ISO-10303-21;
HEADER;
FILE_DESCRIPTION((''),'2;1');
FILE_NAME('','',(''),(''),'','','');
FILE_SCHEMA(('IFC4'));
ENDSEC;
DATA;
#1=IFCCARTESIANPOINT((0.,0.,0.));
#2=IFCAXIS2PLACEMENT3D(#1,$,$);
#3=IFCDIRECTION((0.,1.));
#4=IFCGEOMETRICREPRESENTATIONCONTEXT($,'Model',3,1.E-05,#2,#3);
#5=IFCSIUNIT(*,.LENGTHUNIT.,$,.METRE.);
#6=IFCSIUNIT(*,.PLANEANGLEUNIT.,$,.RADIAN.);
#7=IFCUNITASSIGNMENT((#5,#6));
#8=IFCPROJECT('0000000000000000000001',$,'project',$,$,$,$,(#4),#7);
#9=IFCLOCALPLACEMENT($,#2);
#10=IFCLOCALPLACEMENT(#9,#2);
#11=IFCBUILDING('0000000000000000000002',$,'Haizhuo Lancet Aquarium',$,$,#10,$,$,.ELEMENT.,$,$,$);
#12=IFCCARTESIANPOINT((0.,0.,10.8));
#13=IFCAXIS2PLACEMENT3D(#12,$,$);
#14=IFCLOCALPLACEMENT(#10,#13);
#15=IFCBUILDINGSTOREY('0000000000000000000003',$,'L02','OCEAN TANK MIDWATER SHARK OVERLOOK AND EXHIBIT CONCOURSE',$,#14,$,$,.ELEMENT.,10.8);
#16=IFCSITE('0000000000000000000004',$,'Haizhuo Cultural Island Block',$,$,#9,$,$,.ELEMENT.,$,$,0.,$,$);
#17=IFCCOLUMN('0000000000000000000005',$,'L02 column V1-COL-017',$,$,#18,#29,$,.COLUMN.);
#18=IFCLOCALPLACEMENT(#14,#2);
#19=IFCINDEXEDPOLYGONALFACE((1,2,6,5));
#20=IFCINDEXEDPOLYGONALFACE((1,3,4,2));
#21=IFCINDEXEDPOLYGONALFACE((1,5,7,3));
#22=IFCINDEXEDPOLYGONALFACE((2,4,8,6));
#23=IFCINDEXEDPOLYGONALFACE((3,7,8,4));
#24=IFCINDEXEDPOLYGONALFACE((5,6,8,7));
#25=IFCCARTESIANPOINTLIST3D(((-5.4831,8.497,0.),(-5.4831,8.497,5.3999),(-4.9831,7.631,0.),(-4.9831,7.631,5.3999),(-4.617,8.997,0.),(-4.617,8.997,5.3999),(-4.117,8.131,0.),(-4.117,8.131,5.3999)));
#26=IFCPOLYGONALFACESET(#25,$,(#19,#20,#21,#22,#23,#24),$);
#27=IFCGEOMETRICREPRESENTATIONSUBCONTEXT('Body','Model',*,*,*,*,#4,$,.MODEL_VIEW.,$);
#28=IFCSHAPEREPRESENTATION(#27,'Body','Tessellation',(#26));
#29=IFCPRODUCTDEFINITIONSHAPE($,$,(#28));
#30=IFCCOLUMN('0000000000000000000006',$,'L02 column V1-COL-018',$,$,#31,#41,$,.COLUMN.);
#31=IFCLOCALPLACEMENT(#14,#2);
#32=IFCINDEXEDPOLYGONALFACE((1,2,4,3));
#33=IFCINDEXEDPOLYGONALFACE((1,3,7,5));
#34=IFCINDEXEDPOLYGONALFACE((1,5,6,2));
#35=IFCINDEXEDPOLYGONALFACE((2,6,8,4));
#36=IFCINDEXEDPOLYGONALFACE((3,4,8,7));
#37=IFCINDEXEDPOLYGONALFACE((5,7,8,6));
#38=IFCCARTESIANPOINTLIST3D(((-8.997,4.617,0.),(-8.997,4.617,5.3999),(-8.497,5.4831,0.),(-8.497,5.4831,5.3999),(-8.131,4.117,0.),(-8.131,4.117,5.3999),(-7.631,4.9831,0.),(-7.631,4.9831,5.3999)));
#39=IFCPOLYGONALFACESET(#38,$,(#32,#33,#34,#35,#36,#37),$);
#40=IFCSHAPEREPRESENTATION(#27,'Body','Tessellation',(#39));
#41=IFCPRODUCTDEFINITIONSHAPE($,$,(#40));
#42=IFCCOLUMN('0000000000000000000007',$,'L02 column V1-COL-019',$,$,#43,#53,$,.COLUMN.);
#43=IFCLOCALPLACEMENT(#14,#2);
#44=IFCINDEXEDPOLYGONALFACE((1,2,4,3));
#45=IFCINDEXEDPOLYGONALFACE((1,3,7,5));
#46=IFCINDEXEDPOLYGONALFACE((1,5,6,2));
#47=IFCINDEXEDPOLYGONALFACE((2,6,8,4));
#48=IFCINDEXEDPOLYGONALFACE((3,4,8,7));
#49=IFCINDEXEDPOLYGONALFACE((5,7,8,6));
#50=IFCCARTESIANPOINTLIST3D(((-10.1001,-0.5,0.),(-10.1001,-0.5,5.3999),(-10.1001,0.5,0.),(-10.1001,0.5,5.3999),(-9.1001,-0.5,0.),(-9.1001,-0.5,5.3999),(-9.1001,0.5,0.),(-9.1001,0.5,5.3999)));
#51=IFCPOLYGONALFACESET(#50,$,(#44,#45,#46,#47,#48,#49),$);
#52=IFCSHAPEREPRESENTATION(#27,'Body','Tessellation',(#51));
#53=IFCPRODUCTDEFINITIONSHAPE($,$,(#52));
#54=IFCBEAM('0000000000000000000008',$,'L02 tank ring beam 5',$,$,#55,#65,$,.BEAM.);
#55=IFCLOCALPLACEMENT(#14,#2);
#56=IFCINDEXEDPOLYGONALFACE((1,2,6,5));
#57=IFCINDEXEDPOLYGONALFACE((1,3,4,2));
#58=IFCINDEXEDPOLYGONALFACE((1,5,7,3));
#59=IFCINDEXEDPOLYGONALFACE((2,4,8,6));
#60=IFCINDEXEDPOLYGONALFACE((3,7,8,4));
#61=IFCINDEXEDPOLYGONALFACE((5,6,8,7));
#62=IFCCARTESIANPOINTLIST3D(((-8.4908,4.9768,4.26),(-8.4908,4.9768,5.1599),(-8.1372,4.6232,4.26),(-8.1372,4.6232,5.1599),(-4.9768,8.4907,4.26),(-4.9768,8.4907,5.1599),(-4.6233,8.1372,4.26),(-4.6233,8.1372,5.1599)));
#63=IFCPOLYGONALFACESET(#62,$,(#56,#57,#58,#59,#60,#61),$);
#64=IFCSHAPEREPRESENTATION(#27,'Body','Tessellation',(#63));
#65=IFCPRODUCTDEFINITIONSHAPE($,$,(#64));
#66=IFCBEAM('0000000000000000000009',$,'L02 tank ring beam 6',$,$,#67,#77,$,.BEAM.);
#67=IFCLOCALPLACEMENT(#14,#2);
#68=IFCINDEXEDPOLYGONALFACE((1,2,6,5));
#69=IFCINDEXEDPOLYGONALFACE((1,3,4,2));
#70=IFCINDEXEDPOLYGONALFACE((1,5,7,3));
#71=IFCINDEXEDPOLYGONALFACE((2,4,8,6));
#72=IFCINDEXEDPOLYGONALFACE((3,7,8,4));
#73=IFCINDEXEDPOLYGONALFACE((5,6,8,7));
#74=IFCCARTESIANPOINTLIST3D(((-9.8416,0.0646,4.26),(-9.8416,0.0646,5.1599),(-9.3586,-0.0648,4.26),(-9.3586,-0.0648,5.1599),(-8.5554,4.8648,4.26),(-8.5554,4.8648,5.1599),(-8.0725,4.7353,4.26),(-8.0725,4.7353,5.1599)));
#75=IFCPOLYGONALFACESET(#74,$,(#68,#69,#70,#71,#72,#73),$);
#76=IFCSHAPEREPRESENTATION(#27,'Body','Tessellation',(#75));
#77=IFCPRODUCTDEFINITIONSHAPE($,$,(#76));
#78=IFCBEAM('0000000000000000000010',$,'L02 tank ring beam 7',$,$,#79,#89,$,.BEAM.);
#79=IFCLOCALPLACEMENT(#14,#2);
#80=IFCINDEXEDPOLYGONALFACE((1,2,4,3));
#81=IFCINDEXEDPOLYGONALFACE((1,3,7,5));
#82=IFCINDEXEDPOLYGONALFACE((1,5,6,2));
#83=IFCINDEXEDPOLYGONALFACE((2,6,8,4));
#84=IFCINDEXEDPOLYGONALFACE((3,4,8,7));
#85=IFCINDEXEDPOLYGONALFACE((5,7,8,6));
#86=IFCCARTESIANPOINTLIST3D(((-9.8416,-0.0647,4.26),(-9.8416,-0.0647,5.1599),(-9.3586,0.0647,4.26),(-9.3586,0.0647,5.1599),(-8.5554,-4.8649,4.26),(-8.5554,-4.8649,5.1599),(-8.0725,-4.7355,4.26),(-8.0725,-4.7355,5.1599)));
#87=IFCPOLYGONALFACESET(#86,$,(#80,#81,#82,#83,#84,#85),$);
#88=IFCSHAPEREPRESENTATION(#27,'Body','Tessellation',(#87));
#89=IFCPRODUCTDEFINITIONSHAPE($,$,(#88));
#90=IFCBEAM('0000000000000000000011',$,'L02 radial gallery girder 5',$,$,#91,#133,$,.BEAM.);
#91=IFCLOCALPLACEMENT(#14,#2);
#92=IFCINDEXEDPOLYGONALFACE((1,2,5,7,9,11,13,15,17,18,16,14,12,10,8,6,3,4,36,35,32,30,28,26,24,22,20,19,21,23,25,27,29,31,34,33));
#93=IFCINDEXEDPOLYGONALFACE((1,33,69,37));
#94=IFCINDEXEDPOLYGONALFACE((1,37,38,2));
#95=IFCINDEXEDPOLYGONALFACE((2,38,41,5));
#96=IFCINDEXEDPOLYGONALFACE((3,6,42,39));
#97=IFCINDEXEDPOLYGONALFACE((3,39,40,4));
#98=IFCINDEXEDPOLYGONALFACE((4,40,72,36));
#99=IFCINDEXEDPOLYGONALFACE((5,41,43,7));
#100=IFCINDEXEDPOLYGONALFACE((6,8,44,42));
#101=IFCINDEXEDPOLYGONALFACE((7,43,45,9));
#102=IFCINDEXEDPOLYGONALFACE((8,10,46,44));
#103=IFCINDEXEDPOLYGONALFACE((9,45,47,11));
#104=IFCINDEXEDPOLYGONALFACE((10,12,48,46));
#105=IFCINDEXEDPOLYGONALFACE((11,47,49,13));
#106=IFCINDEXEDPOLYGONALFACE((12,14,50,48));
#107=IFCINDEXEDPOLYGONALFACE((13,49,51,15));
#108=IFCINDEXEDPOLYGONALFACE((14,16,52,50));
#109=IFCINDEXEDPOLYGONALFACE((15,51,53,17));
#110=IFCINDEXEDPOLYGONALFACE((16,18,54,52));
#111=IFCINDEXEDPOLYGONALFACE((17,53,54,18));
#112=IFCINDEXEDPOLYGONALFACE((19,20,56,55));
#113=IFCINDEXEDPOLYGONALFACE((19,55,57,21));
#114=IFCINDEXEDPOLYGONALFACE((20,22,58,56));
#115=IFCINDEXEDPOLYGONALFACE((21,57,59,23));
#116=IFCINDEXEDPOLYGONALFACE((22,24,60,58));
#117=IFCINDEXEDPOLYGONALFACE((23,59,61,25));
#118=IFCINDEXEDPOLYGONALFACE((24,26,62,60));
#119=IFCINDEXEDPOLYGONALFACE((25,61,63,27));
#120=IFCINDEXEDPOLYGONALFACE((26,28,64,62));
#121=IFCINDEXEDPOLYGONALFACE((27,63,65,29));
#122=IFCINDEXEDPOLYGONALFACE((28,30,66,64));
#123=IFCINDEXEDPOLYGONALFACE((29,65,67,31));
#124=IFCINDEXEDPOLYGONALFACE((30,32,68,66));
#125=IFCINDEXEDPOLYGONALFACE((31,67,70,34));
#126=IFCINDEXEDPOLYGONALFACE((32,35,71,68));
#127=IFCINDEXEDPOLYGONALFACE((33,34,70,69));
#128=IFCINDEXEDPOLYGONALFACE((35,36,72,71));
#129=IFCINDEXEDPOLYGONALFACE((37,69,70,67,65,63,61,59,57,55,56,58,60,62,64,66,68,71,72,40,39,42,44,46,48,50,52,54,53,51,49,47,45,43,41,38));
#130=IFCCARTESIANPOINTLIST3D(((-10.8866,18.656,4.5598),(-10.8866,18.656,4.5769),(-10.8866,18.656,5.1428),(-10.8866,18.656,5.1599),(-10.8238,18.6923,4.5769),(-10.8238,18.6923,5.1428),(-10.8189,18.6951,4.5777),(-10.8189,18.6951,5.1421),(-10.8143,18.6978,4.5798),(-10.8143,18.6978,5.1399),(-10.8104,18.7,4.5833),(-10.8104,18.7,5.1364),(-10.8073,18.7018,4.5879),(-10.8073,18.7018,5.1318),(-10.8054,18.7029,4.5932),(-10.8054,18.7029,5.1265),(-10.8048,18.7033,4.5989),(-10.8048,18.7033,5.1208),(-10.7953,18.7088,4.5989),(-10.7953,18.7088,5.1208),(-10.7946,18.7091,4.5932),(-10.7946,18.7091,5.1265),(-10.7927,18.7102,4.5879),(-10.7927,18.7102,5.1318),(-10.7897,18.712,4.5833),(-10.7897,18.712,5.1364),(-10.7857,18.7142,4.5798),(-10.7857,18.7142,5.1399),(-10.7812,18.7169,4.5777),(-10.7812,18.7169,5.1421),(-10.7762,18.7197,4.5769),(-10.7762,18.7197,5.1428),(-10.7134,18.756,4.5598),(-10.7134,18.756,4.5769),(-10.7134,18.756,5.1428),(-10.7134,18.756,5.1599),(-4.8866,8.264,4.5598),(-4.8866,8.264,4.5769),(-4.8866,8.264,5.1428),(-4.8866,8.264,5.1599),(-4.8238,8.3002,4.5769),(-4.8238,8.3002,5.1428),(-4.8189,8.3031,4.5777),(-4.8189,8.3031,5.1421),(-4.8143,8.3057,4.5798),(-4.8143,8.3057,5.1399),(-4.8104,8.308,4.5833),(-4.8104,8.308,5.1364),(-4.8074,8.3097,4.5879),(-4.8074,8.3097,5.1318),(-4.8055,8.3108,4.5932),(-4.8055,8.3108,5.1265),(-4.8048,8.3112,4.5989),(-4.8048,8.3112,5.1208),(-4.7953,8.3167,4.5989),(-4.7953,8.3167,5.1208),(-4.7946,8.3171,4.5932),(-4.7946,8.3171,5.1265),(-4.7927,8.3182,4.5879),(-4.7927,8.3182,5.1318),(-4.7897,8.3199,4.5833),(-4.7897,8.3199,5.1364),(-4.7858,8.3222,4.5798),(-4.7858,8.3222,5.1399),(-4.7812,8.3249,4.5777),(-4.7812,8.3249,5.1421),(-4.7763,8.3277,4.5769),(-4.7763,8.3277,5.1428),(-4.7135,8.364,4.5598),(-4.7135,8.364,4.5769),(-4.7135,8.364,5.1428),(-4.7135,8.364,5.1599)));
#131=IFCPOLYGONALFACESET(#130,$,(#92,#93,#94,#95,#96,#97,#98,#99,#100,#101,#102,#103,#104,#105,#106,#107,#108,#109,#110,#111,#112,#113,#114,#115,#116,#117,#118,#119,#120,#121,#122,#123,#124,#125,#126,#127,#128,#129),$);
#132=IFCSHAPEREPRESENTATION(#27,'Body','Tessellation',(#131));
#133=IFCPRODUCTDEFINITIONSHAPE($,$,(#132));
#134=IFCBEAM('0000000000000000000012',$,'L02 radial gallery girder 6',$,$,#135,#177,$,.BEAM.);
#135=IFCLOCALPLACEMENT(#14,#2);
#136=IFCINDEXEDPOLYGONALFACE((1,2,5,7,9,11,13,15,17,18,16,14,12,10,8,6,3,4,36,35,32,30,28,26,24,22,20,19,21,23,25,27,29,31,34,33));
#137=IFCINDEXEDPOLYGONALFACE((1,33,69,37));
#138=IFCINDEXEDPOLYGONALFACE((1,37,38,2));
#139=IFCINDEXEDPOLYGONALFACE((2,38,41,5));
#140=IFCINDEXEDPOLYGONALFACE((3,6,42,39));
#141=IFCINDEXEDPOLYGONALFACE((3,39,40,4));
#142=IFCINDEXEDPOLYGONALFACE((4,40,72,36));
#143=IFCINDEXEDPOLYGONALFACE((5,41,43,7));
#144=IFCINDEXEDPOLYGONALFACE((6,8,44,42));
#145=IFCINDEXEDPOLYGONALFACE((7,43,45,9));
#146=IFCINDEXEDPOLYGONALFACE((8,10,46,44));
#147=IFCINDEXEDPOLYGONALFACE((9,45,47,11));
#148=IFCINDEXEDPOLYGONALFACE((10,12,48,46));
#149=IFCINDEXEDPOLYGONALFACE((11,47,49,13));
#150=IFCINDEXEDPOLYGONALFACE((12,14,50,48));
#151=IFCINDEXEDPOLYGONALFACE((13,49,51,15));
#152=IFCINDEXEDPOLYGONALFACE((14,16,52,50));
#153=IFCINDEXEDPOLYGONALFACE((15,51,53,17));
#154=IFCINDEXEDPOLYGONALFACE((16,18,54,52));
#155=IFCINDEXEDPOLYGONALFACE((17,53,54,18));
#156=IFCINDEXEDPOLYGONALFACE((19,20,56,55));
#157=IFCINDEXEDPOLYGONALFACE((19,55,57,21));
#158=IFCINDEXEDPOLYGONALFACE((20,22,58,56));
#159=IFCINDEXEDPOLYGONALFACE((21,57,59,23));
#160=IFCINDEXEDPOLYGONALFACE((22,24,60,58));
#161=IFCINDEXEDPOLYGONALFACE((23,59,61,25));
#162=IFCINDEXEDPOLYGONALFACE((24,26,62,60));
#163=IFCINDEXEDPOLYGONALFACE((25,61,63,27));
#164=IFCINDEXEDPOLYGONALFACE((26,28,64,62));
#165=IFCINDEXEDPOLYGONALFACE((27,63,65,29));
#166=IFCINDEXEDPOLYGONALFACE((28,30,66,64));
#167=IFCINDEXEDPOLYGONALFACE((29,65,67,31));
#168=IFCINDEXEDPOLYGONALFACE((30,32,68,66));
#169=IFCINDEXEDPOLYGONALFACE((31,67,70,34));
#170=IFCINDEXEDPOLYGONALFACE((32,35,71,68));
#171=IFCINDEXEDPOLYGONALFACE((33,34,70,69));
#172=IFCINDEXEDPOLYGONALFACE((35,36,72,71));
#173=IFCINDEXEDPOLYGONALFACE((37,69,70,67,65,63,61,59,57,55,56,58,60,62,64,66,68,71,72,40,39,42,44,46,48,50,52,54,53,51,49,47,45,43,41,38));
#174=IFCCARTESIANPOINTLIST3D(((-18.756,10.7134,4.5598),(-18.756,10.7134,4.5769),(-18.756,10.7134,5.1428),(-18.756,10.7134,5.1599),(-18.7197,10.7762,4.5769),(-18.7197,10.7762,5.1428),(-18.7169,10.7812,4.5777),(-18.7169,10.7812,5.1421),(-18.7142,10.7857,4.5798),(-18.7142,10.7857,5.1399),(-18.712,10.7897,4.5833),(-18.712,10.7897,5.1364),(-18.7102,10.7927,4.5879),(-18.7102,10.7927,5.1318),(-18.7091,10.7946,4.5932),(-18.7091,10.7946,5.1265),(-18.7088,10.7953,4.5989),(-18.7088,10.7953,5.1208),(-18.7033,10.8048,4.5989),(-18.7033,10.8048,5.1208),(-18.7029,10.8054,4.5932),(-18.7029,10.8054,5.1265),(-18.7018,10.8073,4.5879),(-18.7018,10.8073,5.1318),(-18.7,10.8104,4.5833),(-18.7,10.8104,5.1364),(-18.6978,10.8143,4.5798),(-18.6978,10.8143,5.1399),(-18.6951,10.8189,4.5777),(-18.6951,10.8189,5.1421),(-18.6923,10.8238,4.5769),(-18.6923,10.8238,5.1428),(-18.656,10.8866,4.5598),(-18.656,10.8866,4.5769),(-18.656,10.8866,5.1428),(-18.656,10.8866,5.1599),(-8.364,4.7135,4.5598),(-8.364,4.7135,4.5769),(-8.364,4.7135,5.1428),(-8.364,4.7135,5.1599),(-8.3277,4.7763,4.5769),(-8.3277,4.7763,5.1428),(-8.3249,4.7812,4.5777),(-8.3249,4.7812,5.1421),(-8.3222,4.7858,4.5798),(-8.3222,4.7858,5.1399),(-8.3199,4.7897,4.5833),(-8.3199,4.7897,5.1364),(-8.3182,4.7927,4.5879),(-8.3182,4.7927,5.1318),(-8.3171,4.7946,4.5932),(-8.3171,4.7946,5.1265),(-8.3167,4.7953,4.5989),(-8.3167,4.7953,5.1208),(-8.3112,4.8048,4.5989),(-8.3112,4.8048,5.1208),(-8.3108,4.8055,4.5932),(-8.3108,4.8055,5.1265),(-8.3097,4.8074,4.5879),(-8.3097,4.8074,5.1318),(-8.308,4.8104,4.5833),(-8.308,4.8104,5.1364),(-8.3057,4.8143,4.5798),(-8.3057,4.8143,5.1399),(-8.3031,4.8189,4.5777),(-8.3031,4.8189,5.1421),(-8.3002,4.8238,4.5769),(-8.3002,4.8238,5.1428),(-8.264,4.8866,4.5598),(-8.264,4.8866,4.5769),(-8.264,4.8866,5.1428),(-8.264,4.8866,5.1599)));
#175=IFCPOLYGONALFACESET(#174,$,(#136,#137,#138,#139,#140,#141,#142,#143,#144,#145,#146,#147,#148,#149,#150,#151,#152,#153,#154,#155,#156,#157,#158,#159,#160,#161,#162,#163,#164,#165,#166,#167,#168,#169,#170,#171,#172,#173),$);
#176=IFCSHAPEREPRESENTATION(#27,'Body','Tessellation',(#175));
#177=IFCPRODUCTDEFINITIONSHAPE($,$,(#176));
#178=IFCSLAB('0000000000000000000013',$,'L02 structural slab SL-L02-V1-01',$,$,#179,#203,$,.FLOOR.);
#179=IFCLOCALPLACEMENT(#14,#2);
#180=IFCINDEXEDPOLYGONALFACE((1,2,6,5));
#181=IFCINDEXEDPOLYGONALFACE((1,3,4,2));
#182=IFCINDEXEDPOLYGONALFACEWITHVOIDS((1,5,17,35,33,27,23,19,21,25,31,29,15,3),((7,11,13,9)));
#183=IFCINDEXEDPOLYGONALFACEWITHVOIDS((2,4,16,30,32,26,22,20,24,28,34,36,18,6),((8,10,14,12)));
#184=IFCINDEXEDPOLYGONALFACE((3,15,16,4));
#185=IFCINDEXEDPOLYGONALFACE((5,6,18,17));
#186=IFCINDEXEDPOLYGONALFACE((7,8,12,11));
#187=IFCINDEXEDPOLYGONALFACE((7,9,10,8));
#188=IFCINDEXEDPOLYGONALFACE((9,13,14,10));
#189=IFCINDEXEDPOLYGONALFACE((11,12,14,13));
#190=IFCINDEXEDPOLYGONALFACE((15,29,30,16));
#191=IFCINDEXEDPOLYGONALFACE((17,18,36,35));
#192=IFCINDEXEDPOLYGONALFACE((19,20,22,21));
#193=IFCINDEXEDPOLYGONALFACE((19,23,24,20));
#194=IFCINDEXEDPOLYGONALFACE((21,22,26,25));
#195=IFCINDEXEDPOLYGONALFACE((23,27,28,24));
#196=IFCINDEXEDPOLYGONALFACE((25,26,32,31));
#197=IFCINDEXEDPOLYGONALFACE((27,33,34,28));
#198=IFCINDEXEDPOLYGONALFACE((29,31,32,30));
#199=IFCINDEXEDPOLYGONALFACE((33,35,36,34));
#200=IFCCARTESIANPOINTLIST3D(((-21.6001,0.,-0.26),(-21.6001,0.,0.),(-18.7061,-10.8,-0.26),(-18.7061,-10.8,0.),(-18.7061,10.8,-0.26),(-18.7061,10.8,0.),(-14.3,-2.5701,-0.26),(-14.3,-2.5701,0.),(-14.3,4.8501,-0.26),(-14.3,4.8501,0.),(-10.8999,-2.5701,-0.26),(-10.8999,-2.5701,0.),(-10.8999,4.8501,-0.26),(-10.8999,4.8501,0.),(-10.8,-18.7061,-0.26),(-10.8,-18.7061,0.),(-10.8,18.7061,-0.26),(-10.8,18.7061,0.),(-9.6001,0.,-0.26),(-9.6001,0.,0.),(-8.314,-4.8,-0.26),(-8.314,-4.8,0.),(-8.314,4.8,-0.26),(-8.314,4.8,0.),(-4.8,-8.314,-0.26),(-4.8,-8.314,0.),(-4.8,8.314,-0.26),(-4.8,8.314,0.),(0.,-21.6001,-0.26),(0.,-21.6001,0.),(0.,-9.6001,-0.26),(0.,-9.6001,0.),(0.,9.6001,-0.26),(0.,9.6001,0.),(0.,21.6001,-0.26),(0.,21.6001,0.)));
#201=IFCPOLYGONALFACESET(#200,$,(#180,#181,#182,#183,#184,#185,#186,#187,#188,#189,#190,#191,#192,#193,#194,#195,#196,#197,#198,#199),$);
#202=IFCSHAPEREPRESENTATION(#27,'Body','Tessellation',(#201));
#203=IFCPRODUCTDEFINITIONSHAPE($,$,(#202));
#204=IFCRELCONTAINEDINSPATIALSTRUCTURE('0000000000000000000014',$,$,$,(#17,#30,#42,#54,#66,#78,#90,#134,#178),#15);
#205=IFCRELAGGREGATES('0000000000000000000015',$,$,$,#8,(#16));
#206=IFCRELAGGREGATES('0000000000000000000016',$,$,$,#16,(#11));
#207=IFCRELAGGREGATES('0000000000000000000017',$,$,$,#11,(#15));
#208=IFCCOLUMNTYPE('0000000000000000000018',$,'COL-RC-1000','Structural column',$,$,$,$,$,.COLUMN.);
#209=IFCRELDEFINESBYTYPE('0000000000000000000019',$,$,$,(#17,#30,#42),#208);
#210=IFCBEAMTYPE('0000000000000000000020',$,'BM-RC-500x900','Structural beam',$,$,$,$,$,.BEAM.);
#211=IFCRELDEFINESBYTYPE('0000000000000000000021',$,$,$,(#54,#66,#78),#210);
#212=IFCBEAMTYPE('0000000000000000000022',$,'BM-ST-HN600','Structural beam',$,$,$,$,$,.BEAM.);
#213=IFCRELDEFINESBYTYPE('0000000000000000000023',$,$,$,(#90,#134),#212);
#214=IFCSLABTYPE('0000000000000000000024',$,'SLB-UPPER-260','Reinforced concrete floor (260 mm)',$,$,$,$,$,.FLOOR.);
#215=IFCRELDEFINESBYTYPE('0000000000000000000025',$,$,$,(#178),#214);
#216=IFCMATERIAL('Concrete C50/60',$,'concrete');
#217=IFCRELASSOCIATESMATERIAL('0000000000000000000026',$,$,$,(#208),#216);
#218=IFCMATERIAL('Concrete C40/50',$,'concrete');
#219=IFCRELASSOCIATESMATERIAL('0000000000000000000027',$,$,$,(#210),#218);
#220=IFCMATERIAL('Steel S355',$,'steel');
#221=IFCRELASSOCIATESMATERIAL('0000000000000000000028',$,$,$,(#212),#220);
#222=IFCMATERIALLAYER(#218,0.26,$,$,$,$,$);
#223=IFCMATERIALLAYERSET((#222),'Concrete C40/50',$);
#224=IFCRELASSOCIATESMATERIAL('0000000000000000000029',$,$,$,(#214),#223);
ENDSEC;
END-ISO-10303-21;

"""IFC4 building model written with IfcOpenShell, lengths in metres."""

from ifc_helpers import new_model, si_unit, direction, frame, origin, origin_2d, place, context, subcontext, project, spatial, polyline, rectangle, i_section, outline, extrude, material, layer, layer_set, material_profile, profile_set, type_object, element, save


model = new_model("IFC4")

# Units and contexts
model_context = context("Model", 3, precision=1e-05, world=origin(), true_north=direction((0.0, 1.0)))
body_context = subcontext(model_context, "Body", "Model", "MODEL_VIEW")
ifc_project = project(units=[si_unit("LENGTHUNIT", "METRE"), si_unit("PLANEANGLEUNIT", "RADIAN")], contexts=[model_context])

# Site, building, storey
site_placement = place(None, origin())
site = spatial("IfcSite", under=ifc_project, at=site_placement, Name="Haizhuo Cultural Island Block", CompositionType="ELEMENT", RefElevation=0.0)
building_placement = place(site_placement, origin())
building = spatial("IfcBuilding", under=site, at=building_placement, Name="Haizhuo Lancet Aquarium", CompositionType="ELEMENT")
storey_placement = place(building_placement, frame((0.0, 0.0, 10.8)))
storey = spatial("IfcBuildingStorey", under=building, at=storey_placement, Name="L02", Description="OCEAN TANK MIDWATER SHARK OVERLOOK AND EXHIBIT CONCOURSE", CompositionType="ELEMENT", Elevation=10.8)

# Columns
ifc_material_1 = material(Name="Concrete C50/60", Category="concrete")
ifc_material_profile_1 = material_profile(ifc_material_1, rectangle(XDim=1.0, YDim=1.0, at=origin_2d()), Name="RC-COL 1000x1000")
ifc_profile_set_1 = profile_set([ifc_material_profile_1], Name="Concrete C50/60")
column_type = type_object("IfcColumnType", Name="COL-RC-1000", Description="Structural column", PredefinedType="COLUMN", material=ifc_profile_set_1)
for number, where, z_axis, x_axis, name in (
    (1, (-4.8, 8.314, 0.0), (0.0, 0.0, 1.0), (-0.5, 0.866025, 0.0), "L02 column V1-COL-017"),
    (2, (-8.314, 4.8, 0.0), (0.0, 0.0, 1.0), (-0.866025, 0.5, 0.0), "L02 column V1-COL-018"),
    (3, (-9.6001, 0.0, 0.0), (0.0, 0.0, 1.0), (-1.0, 0.0, 0.0), "L02 column V1-COL-019"),
):
    element("IfcColumn", number, at=place(storey_placement, frame(where, z_axis=z_axis, x_axis=x_axis)), inside=storey, type_object=column_type, Name=name, PredefinedType="COLUMN", context=body_context, shape_type="SweptSolid", body=[
        extrude(rectangle(XDim=1.0, YDim=1.0, at=origin_2d()), origin(), (0.0, 0.0, 1.0), 5.3999),
    ])

# Beams
ifc_material_2 = material(Name="Concrete C40/50", Category="concrete")
ifc_material_profile_2 = material_profile(ifc_material_2, rectangle(XDim=0.5, YDim=0.8999, at=origin_2d()), Name="RC-BM 500x900")
ifc_profile_set_2 = profile_set([ifc_material_profile_2], Name="Concrete C40/50")
beam_type_1 = type_object("IfcBeamType", Name="BM-RC-500x900", Description="Structural beam", PredefinedType="BEAM", material=ifc_profile_set_2)
for number, where, z_axis, x_axis, name in (
    (4, (-4.8, 8.314, 4.71), (-0.707107, -0.707107, 0.0), (0.707107, -0.707107, 0.0), "L02 tank ring beam 5"),
    (5, (-8.314, 4.8, 4.71), (-0.258812, -0.965928, 0.0), (0.965928, -0.258812, 0.0), "L02 tank ring beam 6"),
    (6, (-9.6001, 0.0, 4.71), (0.258812, -0.965928, 0.0), (0.965928, 0.258812, 0.0), "L02 tank ring beam 7"),
):
    element("IfcBeam", number, at=place(storey_placement, frame(where, z_axis=z_axis, x_axis=x_axis)), inside=storey, type_object=beam_type_1, Name=name, PredefinedType="BEAM", context=body_context, shape_type="SweptSolid", body=[
        extrude(rectangle(XDim=0.5, YDim=0.8999, at=origin_2d()), origin(), (0.0, 0.0, 1.0), 4.9695),
    ])
ifc_material_3 = material(Name="Steel S355", Category="steel")
ifc_material_profile_3 = material_profile(ifc_material_3, i_section(OverallWidth=0.2, OverallDepth=0.6001, WebThickness=0.011, FlangeThickness=0.0171, FilletRadius=0.022, at=origin_2d()), Name="HN 600x200x11x17")
ifc_profile_set_3 = profile_set([ifc_material_profile_3], Name="Steel S355")
beam_type_2 = type_object("IfcBeamType", Name="BM-ST-HN600", Description="Structural beam", PredefinedType="BEAM", material=ifc_profile_set_3)
for number, where, z_axis, x_axis, name in (
    (7, (-4.8, 8.314, 4.8599), (-0.500008, 0.866021, 0.0), (-0.866021, -0.500008, 0.0), "L02 radial gallery girder 5"),
    (8, (-8.314, 4.8, 4.8599), (-0.866021, 0.500008, 0.0), (-0.500008, -0.866021, 0.0), "L02 radial gallery girder 6"),
):
    element("IfcBeam", number, at=place(storey_placement, frame(where, z_axis=z_axis, x_axis=x_axis)), inside=storey, type_object=beam_type_2, Name=name, PredefinedType="BEAM", context=body_context, shape_type="SweptSolid", body=[
        extrude(i_section(OverallWidth=0.2, OverallDepth=0.6001, WebThickness=0.011, FlangeThickness=0.0171, FilletRadius=0.022, at=origin_2d()), origin(), (0.0, 0.0, 1.0), 11.9998),
    ])

# Slab
ifc_layer_1 = layer(ifc_material_2, 0.26)
ifc_layer_set_1 = layer_set([ifc_layer_1], Name="Concrete C40/50")
slab_type = type_object("IfcSlabType", Name="SLB-UPPER-260", Description="Reinforced concrete floor (260 mm)", PredefinedType="FLOOR", material=ifc_layer_set_1)
slab_1_placement = place(storey_placement, frame((0.0, 0.0, -0.26)))
element("IfcSlab", 9, at=slab_1_placement, inside=storey, type_object=slab_type, Name="L02 structural slab SL-L02-V1-01", PredefinedType="FLOOR", context=body_context, shape_type="SweptSolid", body=[
    extrude(outline(polyline([(-18.7061, -10.8), (-10.8, -18.7061), (0.0, -21.6001), (0.0, -9.6001), (-4.8, -8.314), (-8.314, -4.8), (-9.6001, 0.0), (-8.314, 4.8), (-4.8, 8.314), (0.0, 9.6001), (0.0, 21.6001), (-10.8, 18.7061), (-18.7061, 10.8), (-21.6001, 0.0), (-18.7061, -10.8)]), holes=[polyline([(-10.8999, 4.8501), (-14.3, 4.8501), (-14.3, -2.5701), (-10.8999, -2.5701), (-10.8999, 4.8501)])]), origin(), (0.0, 0.0, 1.0), 0.26),
])

save(model, "model.ifc")
